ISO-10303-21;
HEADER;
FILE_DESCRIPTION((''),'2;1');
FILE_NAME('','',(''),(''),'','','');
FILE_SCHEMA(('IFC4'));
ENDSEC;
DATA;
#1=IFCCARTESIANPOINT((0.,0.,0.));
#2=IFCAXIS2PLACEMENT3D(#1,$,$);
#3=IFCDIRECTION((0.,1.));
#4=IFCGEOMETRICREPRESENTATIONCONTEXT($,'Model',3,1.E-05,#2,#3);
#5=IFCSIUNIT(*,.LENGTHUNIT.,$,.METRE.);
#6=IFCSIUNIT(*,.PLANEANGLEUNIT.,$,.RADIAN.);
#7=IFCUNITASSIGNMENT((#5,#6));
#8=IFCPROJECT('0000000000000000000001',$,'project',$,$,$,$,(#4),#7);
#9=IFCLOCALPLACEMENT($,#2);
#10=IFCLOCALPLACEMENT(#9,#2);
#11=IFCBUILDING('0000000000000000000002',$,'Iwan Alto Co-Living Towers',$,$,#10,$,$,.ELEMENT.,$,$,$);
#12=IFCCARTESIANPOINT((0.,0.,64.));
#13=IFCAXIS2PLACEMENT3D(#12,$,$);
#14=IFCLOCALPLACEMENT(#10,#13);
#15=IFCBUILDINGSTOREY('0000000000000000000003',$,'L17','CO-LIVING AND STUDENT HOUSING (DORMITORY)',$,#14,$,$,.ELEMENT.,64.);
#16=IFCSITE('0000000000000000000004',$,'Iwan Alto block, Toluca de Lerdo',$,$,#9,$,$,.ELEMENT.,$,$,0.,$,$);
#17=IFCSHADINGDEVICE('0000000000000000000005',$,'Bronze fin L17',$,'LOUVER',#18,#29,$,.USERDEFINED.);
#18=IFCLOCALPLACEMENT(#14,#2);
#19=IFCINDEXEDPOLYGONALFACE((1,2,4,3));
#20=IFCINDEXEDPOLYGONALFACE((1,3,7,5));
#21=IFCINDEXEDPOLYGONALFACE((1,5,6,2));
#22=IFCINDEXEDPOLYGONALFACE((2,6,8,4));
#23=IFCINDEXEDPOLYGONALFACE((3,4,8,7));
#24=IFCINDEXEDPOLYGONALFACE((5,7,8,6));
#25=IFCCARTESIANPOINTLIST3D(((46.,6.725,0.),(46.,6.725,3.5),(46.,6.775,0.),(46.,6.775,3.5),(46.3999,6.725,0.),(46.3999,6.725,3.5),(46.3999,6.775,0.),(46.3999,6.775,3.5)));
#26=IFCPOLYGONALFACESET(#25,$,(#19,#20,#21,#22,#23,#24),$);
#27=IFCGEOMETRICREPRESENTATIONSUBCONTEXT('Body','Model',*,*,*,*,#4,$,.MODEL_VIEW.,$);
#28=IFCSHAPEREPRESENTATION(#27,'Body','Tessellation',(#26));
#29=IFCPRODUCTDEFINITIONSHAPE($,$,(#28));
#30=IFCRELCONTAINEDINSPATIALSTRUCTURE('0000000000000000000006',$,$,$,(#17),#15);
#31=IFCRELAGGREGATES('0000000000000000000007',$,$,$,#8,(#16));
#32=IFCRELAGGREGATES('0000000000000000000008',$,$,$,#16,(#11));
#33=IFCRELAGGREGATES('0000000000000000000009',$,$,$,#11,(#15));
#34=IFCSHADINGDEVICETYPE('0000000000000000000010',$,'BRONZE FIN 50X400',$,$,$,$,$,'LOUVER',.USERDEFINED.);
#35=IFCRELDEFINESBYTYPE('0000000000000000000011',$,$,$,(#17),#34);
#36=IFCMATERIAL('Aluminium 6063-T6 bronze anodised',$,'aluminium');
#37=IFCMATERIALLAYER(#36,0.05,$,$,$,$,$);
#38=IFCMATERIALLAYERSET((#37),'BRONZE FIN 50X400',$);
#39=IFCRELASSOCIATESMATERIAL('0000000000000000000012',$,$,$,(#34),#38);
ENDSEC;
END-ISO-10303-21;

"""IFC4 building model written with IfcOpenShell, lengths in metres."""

from ifc_helpers import new_model, si_unit, direction, frame, origin, origin_2d, place, context, subcontext, project, spatial, rectangle, extrude, material, layer, layer_set, type_object, element, save


model = new_model("IFC4")

# Units and contexts
model_context = context("Model", 3, precision=1e-05, world=origin(), true_north=direction((0.0, 1.0)))
body_context = subcontext(model_context, "Body", "Model", "MODEL_VIEW")
ifc_project = project(units=[si_unit("LENGTHUNIT", "METRE"), si_unit("PLANEANGLEUNIT", "RADIAN")], contexts=[model_context])

# Site, building, storey
site_placement = place(None, origin())
site = spatial("IfcSite", under=ifc_project, at=site_placement, Name="Iwan Alto block, Toluca de Lerdo", CompositionType="ELEMENT", RefElevation=0.0)
building_placement = place(site_placement, origin())
building = spatial("IfcBuilding", under=site, at=building_placement, Name="Iwan Alto Co-Living Towers", CompositionType="ELEMENT")
storey_placement = place(building_placement, frame((0.0, 0.0, 64.0)))
storey = spatial("IfcBuildingStorey", under=building, at=storey_placement, Name="L17", Description="CO-LIVING AND STUDENT HOUSING (DORMITORY)", CompositionType="ELEMENT", Elevation=64.0)

# Shading device
ifc_material_1 = material(Name="Aluminium 6063-T6 bronze anodised", Category="aluminium")
ifc_layer_1 = layer(ifc_material_1, 0.05)
ifc_layer_set_1 = layer_set([ifc_layer_1], Name="BRONZE FIN 50X400")
shading_device_type = type_object("IfcShadingDeviceType", Name="BRONZE FIN 50X400", ElementType="LOUVER", PredefinedType="USERDEFINED", material=ifc_layer_set_1)
for number, where, z_axis, x_axis, name in (
    (1, (46.2, 6.75, 0.0), (0.0, 0.0, 1.0), (0.0, -1.0, 0.0), "Bronze fin L17"),
):
    element("IfcShadingDevice", number, at=place(storey_placement, frame(where, z_axis=z_axis, x_axis=x_axis)), inside=storey, type_object=shading_device_type, Name=name, ObjectType="LOUVER", PredefinedType="USERDEFINED", context=body_context, shape_type="SweptSolid", body=[
        extrude(rectangle(XDim=0.05, YDim=0.3999, at=origin_2d()), origin(), (0.0, 0.0, 1.0), 3.5),
    ])

save(model, "model.ifc")
